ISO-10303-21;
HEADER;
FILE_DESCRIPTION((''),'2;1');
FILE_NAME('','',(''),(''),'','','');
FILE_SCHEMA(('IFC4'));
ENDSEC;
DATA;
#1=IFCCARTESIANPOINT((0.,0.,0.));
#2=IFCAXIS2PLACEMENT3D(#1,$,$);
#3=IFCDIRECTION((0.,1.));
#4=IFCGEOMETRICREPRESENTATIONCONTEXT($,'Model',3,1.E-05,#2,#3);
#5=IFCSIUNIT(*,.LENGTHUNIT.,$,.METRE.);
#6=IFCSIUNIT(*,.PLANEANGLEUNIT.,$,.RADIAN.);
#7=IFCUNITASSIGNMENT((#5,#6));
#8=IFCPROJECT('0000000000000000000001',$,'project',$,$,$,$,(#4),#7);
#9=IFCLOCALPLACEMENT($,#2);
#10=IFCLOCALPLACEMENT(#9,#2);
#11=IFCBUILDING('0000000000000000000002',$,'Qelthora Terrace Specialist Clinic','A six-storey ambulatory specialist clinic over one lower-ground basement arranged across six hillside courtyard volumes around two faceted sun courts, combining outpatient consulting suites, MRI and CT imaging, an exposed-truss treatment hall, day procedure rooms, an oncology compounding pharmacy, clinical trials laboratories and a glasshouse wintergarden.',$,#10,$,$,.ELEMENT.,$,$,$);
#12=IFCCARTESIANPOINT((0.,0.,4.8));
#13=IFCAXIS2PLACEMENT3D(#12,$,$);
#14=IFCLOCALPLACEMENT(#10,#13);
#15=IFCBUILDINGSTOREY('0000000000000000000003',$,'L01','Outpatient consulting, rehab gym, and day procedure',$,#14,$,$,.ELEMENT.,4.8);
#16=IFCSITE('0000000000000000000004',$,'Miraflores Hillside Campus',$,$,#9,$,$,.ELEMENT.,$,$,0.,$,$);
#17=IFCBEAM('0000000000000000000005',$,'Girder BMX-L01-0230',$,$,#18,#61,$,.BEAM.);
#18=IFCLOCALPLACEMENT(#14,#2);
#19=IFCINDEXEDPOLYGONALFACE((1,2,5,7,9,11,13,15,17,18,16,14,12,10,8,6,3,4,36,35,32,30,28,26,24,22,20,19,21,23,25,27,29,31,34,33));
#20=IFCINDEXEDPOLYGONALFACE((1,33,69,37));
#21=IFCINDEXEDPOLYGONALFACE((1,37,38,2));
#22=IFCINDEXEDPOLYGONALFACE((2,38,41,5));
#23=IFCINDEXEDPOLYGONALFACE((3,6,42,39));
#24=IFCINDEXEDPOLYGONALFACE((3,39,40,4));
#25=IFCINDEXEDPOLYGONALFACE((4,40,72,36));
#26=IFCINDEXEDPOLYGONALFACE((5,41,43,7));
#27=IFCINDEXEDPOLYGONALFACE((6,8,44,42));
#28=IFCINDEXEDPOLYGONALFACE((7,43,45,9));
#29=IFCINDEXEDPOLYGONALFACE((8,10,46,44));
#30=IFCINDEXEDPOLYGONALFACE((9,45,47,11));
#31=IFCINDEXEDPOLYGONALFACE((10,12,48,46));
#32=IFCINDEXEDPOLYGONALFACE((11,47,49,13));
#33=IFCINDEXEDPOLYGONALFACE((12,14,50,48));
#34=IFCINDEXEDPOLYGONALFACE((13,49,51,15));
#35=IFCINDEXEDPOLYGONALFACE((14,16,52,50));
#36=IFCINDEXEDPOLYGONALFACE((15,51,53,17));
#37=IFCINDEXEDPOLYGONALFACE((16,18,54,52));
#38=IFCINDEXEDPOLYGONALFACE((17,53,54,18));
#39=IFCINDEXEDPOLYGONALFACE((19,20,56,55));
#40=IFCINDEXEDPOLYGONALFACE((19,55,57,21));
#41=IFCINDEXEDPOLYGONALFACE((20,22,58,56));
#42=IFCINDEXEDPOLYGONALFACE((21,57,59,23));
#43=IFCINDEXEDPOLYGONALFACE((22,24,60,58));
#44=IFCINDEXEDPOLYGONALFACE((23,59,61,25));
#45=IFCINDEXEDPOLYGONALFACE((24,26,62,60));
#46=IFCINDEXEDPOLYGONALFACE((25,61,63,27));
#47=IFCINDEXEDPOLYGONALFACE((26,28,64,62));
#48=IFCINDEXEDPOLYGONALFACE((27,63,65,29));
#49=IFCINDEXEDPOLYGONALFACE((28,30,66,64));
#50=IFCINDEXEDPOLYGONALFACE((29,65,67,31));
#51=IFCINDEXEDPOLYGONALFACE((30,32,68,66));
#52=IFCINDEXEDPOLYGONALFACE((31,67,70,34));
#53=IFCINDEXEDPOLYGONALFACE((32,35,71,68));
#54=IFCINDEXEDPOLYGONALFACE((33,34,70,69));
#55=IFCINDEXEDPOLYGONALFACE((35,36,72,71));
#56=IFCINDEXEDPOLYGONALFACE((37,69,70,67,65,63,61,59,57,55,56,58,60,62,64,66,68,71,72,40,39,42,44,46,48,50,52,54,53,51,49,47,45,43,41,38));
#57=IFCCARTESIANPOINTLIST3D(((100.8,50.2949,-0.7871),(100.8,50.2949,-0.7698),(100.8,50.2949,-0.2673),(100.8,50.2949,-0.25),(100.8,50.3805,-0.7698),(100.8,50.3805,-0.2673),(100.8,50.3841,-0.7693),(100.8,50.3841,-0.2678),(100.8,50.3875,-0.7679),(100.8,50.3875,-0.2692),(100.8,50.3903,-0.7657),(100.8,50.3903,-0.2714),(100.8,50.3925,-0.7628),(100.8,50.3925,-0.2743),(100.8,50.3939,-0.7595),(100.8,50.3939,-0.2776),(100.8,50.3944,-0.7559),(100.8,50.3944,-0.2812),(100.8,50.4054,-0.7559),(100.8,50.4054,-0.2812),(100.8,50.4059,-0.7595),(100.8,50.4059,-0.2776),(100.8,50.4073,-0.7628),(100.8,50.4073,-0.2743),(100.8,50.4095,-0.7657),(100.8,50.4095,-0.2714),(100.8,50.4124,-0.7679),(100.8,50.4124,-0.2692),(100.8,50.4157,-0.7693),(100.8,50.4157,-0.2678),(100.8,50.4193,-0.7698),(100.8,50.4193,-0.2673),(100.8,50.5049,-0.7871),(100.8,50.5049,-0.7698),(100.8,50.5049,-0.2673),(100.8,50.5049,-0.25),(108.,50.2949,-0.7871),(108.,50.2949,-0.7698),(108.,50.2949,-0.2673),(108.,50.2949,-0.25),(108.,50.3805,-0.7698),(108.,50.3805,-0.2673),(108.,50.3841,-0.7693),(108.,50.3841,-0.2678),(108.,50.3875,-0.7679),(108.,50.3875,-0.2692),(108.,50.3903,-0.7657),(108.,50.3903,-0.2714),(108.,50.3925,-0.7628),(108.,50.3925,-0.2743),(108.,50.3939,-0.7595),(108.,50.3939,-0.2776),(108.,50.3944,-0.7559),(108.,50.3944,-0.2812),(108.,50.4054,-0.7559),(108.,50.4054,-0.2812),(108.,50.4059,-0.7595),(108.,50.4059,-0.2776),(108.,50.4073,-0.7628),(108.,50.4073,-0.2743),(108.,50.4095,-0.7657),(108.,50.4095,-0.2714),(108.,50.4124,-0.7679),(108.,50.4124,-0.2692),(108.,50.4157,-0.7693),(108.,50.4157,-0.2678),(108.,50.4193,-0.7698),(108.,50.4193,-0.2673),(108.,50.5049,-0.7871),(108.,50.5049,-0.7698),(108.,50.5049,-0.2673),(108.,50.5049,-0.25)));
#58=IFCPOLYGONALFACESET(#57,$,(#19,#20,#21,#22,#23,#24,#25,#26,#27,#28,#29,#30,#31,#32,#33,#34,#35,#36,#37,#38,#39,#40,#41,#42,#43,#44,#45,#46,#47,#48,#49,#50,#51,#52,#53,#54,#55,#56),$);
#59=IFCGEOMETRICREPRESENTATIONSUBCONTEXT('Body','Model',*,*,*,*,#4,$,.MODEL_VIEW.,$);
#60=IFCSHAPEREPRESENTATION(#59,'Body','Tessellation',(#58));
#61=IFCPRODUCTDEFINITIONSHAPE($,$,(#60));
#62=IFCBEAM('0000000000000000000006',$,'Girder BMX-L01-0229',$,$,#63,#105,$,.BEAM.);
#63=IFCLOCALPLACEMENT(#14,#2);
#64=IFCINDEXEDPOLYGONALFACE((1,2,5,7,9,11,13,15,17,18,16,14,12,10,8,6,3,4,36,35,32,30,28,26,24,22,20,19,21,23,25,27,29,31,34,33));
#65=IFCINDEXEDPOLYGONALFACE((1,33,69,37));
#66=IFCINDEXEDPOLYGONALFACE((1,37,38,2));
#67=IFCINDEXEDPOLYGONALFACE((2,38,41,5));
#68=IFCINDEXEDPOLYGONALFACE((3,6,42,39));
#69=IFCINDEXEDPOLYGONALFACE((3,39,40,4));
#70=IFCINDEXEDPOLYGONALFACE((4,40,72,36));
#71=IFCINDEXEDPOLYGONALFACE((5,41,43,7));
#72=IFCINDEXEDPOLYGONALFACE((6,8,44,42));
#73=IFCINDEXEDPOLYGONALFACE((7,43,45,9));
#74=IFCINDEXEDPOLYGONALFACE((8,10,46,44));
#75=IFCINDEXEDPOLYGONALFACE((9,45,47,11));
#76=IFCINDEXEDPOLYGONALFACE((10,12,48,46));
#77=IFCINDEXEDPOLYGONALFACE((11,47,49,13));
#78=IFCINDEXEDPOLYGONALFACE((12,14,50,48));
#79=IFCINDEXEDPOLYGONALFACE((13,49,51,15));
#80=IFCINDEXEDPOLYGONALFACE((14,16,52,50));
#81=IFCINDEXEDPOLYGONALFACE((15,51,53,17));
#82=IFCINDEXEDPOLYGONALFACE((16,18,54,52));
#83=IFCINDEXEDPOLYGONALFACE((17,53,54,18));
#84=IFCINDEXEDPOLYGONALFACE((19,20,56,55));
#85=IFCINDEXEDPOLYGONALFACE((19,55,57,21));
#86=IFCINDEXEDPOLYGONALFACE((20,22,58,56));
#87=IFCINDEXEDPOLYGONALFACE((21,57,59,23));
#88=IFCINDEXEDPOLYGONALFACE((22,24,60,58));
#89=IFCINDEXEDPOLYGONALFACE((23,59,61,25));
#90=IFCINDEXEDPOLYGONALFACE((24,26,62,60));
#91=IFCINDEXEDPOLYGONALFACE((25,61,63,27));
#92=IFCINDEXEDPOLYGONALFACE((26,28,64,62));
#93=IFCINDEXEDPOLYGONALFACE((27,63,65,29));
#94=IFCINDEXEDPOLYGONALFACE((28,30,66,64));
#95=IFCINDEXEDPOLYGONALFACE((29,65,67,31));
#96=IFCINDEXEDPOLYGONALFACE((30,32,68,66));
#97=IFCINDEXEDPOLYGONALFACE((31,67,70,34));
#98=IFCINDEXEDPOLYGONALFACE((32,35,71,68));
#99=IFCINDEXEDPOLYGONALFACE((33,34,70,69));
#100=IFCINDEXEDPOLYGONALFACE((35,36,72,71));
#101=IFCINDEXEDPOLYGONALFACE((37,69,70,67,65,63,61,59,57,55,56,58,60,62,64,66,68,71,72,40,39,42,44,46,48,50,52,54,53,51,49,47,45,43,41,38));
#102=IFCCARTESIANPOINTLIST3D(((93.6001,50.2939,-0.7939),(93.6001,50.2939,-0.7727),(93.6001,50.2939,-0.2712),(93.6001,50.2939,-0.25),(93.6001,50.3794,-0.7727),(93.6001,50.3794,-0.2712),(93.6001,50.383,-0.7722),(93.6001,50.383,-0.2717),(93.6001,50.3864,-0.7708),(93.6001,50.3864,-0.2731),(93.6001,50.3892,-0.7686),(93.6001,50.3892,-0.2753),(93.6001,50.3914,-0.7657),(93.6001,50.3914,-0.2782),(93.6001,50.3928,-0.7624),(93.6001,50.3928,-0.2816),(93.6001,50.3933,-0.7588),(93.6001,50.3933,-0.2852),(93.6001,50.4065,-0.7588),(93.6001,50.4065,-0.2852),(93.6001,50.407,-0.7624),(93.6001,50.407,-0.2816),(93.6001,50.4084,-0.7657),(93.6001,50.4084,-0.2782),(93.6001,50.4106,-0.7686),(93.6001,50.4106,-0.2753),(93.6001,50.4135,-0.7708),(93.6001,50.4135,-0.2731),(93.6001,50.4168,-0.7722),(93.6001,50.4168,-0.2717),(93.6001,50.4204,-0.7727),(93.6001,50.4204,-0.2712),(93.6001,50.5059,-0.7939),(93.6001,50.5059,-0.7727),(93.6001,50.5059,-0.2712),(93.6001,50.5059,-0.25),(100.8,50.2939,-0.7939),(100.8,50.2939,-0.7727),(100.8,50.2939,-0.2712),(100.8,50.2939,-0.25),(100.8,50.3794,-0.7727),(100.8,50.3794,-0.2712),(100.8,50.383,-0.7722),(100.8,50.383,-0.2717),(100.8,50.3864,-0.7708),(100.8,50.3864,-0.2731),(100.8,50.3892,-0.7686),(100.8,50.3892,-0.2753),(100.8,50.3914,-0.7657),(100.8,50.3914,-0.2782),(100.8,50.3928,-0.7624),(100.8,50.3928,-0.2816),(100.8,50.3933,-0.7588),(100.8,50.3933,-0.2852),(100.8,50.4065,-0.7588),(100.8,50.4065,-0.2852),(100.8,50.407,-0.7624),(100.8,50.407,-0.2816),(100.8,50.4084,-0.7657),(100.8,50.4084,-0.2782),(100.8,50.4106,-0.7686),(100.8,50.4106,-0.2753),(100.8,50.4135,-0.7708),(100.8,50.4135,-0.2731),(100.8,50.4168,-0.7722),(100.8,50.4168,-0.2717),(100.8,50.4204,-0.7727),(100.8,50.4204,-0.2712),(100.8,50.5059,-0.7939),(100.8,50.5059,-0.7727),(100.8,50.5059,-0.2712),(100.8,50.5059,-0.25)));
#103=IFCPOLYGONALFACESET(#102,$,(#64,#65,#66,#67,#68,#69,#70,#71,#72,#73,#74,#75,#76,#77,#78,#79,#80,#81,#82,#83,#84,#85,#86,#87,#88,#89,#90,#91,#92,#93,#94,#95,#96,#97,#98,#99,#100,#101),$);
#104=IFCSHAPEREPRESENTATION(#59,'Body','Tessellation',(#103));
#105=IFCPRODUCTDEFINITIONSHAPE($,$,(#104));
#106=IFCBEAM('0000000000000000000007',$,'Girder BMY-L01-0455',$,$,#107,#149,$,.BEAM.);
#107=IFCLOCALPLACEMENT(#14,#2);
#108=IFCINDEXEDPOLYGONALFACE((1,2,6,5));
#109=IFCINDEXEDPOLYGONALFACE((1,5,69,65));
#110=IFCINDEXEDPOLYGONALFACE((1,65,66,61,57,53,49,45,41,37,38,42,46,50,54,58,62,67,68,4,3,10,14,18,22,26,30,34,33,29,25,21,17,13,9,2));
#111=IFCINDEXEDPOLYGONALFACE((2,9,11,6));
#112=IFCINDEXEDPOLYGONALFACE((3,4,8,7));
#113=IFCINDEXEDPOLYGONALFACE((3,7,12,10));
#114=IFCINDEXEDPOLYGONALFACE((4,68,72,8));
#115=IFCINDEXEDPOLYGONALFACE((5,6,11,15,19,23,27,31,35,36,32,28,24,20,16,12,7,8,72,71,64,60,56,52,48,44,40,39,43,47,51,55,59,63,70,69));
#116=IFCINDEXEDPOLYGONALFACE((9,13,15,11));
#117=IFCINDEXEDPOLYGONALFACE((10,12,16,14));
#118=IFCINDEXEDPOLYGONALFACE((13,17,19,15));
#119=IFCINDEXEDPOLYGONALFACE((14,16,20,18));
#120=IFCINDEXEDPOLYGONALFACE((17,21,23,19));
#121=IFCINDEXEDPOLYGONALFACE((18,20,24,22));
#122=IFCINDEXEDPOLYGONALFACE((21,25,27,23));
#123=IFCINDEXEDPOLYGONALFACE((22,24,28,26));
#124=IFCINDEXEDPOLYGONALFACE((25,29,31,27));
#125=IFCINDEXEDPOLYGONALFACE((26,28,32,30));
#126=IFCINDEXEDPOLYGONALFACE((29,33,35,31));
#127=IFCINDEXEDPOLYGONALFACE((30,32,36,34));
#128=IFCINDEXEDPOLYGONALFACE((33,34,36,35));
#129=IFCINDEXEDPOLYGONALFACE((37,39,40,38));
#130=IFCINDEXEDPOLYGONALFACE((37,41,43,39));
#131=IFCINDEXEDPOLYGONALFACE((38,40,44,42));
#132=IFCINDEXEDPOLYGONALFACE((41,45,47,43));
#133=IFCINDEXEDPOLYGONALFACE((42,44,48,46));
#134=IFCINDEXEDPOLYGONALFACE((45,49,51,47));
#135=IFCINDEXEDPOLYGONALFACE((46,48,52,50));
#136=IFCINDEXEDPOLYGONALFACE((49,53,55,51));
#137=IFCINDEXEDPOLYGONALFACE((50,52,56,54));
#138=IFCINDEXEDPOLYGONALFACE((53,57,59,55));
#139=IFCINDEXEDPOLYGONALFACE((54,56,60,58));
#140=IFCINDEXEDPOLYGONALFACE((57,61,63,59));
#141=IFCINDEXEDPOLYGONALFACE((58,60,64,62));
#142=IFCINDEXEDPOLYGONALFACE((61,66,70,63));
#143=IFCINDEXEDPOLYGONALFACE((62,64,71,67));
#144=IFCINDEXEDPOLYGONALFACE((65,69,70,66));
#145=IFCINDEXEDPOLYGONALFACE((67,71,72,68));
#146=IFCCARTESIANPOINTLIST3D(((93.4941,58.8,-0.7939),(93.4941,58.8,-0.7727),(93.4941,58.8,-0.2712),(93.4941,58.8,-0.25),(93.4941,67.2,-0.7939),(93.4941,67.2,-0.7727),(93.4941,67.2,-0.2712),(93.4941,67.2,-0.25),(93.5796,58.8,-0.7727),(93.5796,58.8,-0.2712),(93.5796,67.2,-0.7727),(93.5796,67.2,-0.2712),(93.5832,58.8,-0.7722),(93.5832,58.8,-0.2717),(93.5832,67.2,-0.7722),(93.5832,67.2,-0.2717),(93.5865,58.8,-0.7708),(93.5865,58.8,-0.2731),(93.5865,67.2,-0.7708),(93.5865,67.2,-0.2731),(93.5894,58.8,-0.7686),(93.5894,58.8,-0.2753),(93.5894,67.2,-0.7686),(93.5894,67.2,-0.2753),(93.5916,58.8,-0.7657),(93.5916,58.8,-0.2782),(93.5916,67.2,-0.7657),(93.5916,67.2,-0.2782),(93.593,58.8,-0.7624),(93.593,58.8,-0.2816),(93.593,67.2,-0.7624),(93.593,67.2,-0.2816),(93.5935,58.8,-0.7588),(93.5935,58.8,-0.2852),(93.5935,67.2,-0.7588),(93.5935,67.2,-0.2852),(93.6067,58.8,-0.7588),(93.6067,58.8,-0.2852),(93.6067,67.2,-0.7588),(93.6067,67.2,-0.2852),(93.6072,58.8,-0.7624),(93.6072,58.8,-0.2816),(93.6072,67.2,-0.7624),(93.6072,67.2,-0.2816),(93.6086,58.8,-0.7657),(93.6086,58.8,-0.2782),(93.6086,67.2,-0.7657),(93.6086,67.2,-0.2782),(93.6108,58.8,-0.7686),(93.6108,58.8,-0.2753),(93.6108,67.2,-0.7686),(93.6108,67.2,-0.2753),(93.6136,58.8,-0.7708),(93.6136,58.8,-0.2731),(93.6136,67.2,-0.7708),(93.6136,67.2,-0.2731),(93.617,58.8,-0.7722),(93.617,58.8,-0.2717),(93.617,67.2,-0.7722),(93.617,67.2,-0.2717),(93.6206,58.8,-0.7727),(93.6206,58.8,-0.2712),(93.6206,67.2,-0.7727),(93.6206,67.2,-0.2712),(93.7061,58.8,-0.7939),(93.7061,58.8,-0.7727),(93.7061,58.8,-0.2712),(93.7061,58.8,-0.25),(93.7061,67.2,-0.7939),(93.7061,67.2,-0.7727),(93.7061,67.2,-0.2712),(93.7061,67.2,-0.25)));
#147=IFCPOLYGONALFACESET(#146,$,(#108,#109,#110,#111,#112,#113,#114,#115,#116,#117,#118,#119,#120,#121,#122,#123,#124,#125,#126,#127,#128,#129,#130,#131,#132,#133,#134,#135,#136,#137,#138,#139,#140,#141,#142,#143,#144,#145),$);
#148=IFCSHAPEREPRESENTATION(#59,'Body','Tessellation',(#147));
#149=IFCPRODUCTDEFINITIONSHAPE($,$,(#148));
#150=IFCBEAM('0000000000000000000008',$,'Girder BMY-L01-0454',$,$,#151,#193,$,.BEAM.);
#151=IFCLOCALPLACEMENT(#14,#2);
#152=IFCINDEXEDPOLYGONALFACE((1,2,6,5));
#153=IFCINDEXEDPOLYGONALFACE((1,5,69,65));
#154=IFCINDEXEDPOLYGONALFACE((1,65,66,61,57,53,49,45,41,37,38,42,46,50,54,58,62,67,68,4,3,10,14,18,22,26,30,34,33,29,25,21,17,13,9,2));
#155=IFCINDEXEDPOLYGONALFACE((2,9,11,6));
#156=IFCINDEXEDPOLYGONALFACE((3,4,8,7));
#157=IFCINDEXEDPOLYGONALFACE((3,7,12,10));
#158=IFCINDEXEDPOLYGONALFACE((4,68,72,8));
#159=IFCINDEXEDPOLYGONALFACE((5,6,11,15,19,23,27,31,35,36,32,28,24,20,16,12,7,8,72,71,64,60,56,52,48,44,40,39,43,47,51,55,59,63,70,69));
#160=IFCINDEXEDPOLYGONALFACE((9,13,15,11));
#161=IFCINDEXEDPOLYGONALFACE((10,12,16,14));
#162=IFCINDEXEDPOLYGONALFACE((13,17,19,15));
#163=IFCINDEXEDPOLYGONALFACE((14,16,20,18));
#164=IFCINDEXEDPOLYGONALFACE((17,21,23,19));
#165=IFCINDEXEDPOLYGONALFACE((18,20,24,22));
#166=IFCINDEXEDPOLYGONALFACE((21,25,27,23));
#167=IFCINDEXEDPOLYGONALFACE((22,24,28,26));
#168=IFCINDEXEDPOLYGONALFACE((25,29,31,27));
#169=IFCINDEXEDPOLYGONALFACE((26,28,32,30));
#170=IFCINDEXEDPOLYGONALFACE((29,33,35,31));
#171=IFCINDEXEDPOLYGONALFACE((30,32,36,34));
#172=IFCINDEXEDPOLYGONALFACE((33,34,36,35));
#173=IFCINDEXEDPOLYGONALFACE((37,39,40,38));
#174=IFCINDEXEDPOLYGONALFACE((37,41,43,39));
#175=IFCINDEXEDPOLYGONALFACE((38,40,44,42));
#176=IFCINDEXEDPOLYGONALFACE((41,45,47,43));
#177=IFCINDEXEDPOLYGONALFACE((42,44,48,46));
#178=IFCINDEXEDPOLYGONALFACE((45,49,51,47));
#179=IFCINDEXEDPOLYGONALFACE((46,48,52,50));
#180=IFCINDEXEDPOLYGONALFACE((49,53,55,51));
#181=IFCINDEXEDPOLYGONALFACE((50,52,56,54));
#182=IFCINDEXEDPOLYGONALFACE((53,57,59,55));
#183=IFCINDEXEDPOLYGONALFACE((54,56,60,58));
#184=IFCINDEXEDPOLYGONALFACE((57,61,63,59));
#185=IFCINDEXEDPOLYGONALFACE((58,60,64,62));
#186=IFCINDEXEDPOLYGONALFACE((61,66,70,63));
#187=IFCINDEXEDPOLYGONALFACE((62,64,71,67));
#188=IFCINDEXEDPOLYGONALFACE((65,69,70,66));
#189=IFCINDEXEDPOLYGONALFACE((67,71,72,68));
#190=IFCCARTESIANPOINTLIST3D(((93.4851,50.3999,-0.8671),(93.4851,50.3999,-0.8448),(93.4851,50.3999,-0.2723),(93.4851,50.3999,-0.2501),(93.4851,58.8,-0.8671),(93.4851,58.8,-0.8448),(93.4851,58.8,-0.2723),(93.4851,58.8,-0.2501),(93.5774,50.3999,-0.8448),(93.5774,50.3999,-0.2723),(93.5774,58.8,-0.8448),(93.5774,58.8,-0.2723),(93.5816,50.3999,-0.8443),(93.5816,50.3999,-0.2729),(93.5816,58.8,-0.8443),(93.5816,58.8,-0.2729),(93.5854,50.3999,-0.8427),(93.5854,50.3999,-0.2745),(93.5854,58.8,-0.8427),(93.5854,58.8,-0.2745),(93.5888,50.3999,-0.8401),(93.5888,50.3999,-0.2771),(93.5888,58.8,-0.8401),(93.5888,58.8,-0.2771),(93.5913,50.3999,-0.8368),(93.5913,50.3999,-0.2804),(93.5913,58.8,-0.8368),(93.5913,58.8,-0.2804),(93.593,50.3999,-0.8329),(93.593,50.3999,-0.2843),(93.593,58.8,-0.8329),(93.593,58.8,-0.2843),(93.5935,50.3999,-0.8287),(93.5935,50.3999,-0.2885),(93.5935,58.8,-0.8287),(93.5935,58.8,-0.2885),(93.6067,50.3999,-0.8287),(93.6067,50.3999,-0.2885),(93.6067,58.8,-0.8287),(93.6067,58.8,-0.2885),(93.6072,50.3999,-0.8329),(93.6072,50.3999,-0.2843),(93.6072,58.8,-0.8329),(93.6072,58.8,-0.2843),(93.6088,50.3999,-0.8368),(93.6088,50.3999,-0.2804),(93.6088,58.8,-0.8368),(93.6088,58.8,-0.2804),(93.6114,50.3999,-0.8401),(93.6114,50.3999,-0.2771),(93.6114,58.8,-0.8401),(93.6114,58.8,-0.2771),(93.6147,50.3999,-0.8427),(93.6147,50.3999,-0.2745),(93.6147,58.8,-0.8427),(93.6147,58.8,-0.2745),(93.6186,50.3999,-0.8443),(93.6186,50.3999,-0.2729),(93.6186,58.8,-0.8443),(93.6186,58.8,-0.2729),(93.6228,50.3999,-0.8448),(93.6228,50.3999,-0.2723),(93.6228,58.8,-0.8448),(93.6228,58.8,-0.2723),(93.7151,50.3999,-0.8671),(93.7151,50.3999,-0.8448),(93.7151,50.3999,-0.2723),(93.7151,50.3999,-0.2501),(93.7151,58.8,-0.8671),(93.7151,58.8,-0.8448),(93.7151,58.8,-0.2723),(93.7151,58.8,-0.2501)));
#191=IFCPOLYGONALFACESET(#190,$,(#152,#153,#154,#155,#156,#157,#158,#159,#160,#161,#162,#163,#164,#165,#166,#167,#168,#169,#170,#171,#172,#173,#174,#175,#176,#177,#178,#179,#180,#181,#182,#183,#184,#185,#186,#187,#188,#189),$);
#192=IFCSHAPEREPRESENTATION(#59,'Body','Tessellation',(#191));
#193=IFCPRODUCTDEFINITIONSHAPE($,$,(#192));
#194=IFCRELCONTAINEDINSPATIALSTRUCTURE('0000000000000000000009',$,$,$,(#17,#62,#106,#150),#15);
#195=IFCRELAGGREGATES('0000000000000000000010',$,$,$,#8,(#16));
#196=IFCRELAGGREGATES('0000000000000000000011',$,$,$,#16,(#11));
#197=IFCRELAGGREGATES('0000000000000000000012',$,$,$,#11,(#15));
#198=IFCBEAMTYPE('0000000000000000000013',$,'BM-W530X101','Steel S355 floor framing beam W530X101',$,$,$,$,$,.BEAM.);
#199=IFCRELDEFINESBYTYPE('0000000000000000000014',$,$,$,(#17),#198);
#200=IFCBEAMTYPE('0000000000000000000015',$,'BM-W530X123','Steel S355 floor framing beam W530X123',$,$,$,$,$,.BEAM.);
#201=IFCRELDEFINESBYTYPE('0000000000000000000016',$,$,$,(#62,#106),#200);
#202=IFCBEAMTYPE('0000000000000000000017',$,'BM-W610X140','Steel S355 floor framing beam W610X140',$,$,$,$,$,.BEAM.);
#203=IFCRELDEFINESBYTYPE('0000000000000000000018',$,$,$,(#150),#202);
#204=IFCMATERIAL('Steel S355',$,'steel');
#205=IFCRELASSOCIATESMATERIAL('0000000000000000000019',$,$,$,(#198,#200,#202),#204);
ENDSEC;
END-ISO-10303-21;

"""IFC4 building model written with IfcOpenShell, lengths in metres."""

from ifc_helpers import new_model, si_unit, direction, frame, origin, origin_2d, place, context, subcontext, project, spatial, i_section, extrude, material, material_profile, profile_set, type_object, element, save


model = new_model("IFC4")

# Units and contexts
model_context = context("Model", 3, precision=1e-05, world=origin(), true_north=direction((0.0, 1.0)))
body_context = subcontext(model_context, "Body", "Model", "MODEL_VIEW")
ifc_project = project(units=[si_unit("LENGTHUNIT", "METRE"), si_unit("PLANEANGLEUNIT", "RADIAN")], contexts=[model_context])

# Site, building, storey
site_placement = place(None, origin())
site = spatial("IfcSite", under=ifc_project, at=site_placement, Name="Miraflores Hillside Campus", CompositionType="ELEMENT", RefElevation=0.0)
building_placement = place(site_placement, origin())
building = spatial("IfcBuilding", under=site, at=building_placement, Name="Qelthora Terrace Specialist Clinic", Description="A six-storey ambulatory specialist clinic over one lower-ground basement arranged across six hillside courtyard volumes around two faceted sun courts, combining outpatient consulting suites, MRI and CT imaging, an exposed-truss treatment hall, day procedure rooms, an oncology compounding pharmacy, clinical trials laboratories and a glasshouse wintergarden.", CompositionType="ELEMENT")
storey_placement = place(building_placement, frame((0.0, 0.0, 4.8)))
storey = spatial("IfcBuildingStorey", under=building, at=storey_placement, Name="L01", Description="Outpatient consulting, rehab gym, and day procedure", CompositionType="ELEMENT", Elevation=4.8)

# Shared definitions
ifc_material_1 = material(Name="Steel S355", Category="steel")

# Beams
ifc_material_profile_1 = material_profile(ifc_material_1, i_section(OverallWidth=0.21, OverallDepth=0.5371, WebThickness=0.011, FlangeThickness=0.0173, FilletRadius=0.0139, at=origin_2d()), Name="W530X101")
ifc_profile_set_1 = profile_set([ifc_material_profile_1], Name="Steel S355")
beam_type_1 = type_object("IfcBeamType", Name="BM-W530X101", Description="Steel S355 floor framing beam W530X101", PredefinedType="BEAM", material=ifc_profile_set_1)
beam_1_placement = place(storey_placement, frame((100.8, 50.3999, -0.5186), z_axis=(1.0, 0.0, 0.0), x_axis=(0.0, 1.0, 0.0)))
element("IfcBeam", 1, at=beam_1_placement, inside=storey, type_object=beam_type_1, Name="Girder BMX-L01-0230", PredefinedType="BEAM", context=body_context, shape_type="SweptSolid", body=[
    extrude(i_section(OverallWidth=0.21, OverallDepth=0.5371, WebThickness=0.011, FlangeThickness=0.0173, FilletRadius=0.0139, at=origin_2d()), origin(), (0.0, 0.0, 1.0), 7.2),
])
ifc_material_profile_2 = material_profile(ifc_material_1, i_section(OverallWidth=0.2119, OverallDepth=0.5439, WebThickness=0.0132, FlangeThickness=0.0212, FilletRadius=0.0139, at=origin_2d()), Name="W530X123")
ifc_profile_set_2 = profile_set([ifc_material_profile_2], Name="Steel S355")
beam_type_2 = type_object("IfcBeamType", Name="BM-W530X123", Description="Steel S355 floor framing beam W530X123", PredefinedType="BEAM", material=ifc_profile_set_2)
beam_2_placement = place(storey_placement, frame((93.6001, 50.3999, -0.522), z_axis=(1.0, 0.0, 0.0), x_axis=(0.0, 1.0, 0.0)))
element("IfcBeam", 2, at=beam_2_placement, inside=storey, type_object=beam_type_2, Name="Girder BMX-L01-0229", PredefinedType="BEAM", context=body_context, shape_type="SweptSolid", body=[
    extrude(i_section(OverallWidth=0.2119, OverallDepth=0.5439, WebThickness=0.0132, FlangeThickness=0.0212, FilletRadius=0.0139, at=origin_2d()), origin(), (0.0, 0.0, 1.0), 7.2),
])
beam_3_placement = place(storey_placement, frame((93.6001, 58.8, -0.522), z_axis=(0.0, 1.0, 0.0), x_axis=(-1.0, 0.0, 0.0)))
element("IfcBeam", 3, at=beam_3_placement, inside=storey, type_object=beam_type_2, Name="Girder BMY-L01-0455", PredefinedType="BEAM", context=body_context, shape_type="SweptSolid", body=[
    extrude(i_section(OverallWidth=0.2119, OverallDepth=0.5439, WebThickness=0.0132, FlangeThickness=0.0212, FilletRadius=0.0139, at=origin_2d()), origin(), (0.0, 0.0, 1.0), 8.3999),
])
ifc_material_profile_3 = material_profile(ifc_material_1, i_section(OverallWidth=0.23, OverallDepth=0.6169, WebThickness=0.0132, FlangeThickness=0.0222, FilletRadius=0.0161, at=origin_2d()), Name="W610X140")
ifc_profile_set_3 = profile_set([ifc_material_profile_3], Name="Steel S355")
beam_type_3 = type_object("IfcBeamType", Name="BM-W610X140", Description="Steel S355 floor framing beam W610X140", PredefinedType="BEAM", material=ifc_profile_set_3)
beam_4_placement = place(storey_placement, frame((93.6001, 50.3999, -0.5586), z_axis=(0.0, 1.0, 0.0), x_axis=(-1.0, 0.0, 0.0)))
element("IfcBeam", 4, at=beam_4_placement, inside=storey, type_object=beam_type_3, Name="Girder BMY-L01-0454", PredefinedType="BEAM", context=body_context, shape_type="SweptSolid", body=[
    extrude(i_section(OverallWidth=0.23, OverallDepth=0.6169, WebThickness=0.0132, FlangeThickness=0.0222, FilletRadius=0.0161, at=origin_2d()), origin(), (0.0, 0.0, 1.0), 8.4001),
])

save(model, "model.ifc")
